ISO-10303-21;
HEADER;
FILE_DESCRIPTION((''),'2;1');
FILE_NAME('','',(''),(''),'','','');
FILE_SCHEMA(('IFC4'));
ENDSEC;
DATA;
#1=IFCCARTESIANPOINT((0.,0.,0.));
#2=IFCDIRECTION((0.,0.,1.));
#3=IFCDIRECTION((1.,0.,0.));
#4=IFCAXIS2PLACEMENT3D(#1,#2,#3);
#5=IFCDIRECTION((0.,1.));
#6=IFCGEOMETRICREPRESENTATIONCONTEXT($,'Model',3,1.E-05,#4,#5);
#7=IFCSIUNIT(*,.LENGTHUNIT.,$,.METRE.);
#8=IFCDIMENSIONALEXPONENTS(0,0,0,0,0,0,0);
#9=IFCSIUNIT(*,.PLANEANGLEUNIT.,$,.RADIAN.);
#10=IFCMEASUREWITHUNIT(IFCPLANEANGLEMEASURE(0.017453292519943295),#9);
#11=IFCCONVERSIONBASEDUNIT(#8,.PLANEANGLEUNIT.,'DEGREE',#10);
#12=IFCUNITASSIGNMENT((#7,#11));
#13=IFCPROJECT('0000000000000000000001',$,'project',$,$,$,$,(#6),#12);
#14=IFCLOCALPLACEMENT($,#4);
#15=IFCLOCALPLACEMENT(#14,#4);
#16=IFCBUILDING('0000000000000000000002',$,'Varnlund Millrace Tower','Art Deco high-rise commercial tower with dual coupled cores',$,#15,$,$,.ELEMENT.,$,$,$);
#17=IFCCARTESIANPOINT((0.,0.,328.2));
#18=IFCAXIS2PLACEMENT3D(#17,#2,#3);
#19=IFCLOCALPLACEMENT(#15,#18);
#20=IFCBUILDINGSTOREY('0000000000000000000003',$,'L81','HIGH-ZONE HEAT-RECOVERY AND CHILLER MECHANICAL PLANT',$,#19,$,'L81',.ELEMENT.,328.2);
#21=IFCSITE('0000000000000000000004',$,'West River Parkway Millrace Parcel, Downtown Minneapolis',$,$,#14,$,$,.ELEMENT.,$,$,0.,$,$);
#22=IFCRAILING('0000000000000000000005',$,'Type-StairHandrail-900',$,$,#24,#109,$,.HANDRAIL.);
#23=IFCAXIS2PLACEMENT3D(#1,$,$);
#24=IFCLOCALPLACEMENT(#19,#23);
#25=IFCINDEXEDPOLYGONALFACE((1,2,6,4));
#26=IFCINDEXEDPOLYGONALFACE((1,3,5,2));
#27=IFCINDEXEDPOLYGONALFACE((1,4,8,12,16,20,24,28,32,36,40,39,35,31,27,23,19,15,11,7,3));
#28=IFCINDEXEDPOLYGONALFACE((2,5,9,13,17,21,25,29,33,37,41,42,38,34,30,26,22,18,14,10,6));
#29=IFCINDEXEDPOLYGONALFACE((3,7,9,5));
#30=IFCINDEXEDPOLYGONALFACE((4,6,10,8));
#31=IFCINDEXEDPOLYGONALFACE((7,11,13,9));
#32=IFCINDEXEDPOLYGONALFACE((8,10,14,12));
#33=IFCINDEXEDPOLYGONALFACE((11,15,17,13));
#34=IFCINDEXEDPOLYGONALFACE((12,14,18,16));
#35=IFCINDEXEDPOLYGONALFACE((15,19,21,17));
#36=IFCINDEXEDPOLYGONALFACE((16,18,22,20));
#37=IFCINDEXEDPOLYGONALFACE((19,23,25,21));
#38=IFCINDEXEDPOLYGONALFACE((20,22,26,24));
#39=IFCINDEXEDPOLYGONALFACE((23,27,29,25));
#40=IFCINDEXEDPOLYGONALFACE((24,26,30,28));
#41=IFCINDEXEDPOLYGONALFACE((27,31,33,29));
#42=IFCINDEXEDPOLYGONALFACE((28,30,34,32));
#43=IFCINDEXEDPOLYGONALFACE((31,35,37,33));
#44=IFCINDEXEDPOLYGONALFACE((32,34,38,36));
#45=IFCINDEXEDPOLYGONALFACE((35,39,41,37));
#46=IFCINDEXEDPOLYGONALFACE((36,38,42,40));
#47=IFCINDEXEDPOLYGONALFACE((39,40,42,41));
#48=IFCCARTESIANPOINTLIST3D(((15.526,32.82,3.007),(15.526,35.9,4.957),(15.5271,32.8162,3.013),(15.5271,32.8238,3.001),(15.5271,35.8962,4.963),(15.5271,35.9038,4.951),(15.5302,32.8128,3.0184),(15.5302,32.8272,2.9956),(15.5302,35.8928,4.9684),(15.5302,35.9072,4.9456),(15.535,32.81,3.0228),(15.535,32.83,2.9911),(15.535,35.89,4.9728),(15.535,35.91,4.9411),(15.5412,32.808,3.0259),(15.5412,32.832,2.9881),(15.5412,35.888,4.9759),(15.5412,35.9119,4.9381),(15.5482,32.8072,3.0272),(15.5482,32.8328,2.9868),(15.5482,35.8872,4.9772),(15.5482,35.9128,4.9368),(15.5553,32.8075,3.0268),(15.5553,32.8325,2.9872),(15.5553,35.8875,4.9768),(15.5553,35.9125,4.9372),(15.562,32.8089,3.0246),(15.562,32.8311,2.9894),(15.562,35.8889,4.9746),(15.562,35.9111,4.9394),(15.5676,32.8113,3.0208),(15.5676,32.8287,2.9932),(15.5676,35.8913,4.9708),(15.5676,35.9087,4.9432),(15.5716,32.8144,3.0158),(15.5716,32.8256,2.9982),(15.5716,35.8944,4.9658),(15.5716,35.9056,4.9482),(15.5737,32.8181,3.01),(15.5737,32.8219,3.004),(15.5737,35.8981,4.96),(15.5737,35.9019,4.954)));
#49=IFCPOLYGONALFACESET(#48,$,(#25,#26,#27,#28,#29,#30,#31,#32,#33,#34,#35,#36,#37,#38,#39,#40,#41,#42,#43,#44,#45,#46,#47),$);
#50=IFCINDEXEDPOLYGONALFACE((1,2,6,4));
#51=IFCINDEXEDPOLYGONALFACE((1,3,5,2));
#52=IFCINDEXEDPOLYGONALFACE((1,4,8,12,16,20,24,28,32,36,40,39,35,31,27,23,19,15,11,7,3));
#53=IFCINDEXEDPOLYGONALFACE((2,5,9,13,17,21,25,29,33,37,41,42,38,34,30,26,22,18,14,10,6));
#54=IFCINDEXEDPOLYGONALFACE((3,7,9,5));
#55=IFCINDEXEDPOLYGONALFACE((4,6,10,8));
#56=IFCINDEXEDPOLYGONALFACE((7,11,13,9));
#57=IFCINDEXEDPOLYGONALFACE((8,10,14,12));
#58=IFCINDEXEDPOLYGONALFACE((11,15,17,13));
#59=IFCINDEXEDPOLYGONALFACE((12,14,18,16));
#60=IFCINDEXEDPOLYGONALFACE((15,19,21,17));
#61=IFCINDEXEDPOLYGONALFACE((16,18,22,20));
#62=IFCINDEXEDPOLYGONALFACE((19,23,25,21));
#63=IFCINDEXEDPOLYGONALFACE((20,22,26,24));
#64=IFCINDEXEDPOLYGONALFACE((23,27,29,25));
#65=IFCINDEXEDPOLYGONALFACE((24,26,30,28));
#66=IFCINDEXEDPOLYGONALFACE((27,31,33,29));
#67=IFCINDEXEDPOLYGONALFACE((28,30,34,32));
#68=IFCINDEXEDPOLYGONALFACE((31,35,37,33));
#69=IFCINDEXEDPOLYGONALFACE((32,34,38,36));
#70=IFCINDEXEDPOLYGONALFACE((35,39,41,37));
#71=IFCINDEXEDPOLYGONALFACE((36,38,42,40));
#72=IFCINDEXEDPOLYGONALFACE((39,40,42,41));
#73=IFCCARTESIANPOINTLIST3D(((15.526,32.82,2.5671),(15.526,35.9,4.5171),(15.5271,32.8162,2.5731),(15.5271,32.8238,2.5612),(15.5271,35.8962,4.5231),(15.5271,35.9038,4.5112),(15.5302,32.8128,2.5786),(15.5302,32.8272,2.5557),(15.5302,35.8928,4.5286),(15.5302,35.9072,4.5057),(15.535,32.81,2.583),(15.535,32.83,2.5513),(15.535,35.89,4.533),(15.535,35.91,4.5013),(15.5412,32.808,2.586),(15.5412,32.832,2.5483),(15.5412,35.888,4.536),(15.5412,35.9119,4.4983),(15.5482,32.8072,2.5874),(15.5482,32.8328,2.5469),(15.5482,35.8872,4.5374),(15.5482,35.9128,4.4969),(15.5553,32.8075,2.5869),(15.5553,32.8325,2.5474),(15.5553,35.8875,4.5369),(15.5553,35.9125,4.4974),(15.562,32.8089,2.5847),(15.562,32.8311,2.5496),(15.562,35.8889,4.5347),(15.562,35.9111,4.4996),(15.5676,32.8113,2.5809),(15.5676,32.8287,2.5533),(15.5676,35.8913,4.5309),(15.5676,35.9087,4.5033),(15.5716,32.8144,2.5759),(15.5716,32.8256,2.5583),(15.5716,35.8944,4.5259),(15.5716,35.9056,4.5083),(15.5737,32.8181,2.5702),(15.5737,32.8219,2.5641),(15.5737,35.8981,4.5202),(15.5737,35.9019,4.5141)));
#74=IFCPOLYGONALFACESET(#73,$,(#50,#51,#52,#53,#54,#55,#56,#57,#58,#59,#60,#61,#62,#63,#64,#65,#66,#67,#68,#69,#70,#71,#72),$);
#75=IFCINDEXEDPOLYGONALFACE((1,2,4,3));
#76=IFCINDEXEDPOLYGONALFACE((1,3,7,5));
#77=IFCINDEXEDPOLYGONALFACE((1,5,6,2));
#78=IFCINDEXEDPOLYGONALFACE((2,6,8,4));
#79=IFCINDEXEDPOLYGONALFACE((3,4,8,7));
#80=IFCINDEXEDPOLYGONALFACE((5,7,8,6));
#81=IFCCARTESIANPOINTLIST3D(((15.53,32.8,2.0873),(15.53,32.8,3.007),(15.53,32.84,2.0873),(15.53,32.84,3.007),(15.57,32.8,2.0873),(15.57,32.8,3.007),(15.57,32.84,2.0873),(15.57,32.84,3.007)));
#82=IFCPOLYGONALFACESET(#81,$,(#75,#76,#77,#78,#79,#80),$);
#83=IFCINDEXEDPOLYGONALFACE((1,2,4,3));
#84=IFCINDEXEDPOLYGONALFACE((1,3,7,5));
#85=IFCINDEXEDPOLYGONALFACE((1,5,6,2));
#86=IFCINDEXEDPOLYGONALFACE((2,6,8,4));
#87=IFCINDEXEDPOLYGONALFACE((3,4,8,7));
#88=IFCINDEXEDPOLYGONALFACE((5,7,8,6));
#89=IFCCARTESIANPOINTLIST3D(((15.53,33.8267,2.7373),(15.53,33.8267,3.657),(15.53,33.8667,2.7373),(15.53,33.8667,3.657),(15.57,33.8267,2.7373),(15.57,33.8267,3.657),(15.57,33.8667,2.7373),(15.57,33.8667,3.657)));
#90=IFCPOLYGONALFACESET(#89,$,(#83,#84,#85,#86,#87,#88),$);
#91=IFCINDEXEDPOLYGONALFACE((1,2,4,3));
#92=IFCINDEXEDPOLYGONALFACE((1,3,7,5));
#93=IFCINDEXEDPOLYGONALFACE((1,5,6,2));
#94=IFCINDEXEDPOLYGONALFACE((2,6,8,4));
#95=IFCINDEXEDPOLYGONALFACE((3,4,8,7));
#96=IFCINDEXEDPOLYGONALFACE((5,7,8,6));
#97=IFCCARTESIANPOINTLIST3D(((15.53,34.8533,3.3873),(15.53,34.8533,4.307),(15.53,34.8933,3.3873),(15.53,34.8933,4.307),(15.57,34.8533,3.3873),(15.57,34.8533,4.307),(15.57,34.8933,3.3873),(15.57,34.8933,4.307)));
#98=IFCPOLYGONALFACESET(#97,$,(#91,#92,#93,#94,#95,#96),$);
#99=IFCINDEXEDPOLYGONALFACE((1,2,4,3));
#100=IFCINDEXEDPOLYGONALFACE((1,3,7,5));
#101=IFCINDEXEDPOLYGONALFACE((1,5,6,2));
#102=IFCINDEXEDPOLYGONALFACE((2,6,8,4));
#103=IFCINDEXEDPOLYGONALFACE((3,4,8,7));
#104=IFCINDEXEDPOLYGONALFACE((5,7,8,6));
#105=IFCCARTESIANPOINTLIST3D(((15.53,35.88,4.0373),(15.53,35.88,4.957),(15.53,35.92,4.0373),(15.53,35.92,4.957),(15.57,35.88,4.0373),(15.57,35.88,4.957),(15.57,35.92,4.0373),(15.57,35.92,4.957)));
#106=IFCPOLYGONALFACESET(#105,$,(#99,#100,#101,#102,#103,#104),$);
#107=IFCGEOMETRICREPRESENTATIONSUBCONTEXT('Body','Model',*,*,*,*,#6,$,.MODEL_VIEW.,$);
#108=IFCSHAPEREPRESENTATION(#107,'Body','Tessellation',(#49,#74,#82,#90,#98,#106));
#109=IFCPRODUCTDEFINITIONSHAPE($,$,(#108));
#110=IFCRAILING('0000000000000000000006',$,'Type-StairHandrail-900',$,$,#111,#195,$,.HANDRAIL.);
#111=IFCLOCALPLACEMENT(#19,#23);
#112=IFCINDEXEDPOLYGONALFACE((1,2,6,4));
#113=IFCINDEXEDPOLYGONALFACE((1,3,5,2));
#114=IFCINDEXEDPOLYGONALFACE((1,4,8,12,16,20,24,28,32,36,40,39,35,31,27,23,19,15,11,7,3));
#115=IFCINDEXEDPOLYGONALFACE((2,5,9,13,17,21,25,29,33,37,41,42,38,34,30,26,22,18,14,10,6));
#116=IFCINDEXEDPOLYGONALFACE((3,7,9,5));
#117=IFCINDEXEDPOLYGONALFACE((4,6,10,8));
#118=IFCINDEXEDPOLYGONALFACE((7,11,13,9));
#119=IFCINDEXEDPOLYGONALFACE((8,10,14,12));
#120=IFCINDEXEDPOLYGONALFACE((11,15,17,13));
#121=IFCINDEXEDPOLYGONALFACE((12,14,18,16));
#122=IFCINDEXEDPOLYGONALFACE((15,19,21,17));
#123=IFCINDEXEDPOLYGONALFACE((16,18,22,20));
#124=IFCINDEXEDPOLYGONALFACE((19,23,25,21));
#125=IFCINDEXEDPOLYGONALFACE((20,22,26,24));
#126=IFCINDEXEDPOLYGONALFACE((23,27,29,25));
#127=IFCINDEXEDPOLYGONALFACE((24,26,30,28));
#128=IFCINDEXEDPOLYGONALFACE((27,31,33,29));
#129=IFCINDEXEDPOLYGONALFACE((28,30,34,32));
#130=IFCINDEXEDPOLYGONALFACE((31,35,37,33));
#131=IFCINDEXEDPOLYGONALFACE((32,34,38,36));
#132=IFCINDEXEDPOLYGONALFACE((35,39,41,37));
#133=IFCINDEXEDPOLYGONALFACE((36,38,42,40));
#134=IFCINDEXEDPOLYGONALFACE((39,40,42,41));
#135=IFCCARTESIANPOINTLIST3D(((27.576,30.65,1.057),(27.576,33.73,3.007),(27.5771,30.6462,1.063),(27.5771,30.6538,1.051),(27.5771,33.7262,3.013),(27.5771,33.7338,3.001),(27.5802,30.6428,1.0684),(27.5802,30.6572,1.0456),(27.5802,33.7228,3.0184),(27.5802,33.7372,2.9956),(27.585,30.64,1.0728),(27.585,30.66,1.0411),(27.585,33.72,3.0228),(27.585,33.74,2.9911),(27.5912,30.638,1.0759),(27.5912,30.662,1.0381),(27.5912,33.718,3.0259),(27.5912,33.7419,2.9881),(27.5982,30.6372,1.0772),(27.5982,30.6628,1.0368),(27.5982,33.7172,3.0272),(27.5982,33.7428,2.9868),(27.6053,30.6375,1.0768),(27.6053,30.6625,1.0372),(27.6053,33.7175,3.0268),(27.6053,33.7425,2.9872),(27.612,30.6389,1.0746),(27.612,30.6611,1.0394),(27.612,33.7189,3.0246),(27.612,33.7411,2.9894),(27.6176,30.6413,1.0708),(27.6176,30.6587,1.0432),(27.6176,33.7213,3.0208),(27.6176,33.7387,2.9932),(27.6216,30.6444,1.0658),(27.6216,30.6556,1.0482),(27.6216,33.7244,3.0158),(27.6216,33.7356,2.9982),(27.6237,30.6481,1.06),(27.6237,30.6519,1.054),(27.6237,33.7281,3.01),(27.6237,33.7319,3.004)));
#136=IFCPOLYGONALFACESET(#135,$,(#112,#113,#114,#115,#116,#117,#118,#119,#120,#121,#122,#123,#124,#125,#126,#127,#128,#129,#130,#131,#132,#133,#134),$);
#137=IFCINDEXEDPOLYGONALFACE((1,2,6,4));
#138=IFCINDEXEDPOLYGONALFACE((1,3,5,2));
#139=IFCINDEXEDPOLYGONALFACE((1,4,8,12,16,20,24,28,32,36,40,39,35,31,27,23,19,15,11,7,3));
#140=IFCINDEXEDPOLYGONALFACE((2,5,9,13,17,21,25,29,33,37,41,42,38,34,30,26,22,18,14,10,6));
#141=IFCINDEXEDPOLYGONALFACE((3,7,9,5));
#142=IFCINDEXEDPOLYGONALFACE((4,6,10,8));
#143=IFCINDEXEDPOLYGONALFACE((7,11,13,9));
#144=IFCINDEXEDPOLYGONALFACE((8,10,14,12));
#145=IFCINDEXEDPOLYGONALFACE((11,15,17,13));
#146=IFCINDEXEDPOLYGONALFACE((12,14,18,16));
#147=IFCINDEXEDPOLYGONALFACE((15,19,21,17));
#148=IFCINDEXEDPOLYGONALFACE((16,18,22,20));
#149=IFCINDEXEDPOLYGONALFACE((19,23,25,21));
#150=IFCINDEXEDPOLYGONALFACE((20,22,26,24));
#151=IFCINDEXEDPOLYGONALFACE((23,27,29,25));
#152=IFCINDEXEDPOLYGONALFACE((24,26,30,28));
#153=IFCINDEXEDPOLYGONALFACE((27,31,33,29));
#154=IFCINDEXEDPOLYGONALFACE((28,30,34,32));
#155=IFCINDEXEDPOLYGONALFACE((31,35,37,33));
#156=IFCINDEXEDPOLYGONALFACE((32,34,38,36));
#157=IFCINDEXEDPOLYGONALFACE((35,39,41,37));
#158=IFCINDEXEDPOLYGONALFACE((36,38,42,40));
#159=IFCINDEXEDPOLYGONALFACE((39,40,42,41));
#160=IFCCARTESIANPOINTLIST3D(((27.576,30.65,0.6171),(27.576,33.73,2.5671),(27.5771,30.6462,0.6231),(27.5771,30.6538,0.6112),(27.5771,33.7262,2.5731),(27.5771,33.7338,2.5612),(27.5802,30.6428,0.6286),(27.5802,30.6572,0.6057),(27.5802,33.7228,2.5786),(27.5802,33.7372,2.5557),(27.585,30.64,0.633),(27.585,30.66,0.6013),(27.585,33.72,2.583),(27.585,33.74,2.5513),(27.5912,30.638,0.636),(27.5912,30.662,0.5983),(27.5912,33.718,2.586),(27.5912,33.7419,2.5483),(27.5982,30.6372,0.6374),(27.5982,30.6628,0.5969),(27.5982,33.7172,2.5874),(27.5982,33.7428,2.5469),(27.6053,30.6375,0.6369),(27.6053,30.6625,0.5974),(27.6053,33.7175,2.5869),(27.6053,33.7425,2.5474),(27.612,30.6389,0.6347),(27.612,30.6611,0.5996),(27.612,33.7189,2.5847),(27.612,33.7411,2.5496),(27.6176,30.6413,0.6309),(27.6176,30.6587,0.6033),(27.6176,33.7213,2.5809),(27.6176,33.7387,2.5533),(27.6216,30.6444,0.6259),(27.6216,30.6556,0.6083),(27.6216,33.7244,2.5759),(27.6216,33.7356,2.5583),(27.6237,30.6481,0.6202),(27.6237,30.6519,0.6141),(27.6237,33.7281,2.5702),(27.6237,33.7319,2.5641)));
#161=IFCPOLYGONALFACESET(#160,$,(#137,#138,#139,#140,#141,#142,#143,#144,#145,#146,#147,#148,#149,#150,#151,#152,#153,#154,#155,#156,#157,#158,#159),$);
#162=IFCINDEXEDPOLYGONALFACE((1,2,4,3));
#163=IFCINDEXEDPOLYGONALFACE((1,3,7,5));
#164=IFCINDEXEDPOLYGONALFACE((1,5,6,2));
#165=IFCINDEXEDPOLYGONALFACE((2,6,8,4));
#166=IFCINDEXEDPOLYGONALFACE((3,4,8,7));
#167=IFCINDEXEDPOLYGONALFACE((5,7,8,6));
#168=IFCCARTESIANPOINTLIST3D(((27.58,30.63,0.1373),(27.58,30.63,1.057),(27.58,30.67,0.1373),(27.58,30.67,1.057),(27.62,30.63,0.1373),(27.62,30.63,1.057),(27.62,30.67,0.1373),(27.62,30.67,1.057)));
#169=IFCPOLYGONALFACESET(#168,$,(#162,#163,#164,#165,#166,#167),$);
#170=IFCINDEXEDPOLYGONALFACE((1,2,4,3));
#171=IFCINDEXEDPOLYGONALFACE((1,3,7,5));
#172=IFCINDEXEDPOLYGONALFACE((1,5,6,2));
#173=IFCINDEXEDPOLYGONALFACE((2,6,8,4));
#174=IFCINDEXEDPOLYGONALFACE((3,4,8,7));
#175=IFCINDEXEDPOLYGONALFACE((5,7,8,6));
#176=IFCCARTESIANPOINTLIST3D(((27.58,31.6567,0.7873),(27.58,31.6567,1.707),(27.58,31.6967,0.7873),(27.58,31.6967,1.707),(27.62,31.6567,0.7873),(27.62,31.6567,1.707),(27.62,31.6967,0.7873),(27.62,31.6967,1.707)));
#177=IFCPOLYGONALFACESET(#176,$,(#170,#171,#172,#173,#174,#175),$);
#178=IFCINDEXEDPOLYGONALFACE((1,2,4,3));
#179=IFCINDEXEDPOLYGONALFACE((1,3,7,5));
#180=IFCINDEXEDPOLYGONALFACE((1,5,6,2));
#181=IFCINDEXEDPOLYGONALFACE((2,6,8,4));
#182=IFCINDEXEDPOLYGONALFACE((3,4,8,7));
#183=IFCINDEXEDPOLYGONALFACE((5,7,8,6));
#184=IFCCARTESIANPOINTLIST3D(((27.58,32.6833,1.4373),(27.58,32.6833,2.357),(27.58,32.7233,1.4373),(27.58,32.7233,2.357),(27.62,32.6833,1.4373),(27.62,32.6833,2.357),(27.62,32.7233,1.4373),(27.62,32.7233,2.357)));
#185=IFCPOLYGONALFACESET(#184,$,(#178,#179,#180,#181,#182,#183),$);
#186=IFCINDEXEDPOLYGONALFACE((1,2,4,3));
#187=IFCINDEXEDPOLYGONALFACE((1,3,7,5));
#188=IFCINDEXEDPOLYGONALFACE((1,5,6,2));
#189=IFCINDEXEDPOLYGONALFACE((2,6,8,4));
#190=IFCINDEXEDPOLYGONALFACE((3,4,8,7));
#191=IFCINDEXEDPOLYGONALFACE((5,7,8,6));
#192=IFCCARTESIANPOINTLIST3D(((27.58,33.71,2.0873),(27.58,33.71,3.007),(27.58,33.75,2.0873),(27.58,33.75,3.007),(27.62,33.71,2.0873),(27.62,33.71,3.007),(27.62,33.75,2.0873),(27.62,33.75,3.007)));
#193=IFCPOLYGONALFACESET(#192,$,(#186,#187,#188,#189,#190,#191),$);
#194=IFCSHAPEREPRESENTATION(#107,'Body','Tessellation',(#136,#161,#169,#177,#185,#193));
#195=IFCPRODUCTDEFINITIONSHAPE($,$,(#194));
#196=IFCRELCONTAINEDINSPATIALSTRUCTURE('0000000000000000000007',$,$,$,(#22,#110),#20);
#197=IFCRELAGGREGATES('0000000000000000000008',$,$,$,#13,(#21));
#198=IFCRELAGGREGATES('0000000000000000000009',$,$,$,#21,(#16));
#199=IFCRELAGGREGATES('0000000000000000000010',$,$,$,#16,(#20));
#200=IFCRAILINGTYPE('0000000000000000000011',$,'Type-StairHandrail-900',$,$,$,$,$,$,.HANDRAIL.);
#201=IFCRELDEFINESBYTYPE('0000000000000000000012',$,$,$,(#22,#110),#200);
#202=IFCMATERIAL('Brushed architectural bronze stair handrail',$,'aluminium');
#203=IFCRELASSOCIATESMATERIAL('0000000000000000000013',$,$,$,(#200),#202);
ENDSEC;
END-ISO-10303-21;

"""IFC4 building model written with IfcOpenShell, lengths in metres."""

from ifc_helpers import new_model, entity, si_unit, converted_unit, direction, frame, origin_with_axes, origin_2d_with_axis, place, context, subcontext, project, spatial, rectangle, circle, extrude, material, type_object, element, save


model = new_model("IFC4")

# Units and contexts
model_context = context("Model", 3, precision=1e-05, world=origin_with_axes(), true_north=direction((0.0, 1.0)))
body_context = subcontext(model_context, "Body", "Model", "MODEL_VIEW")
ifc_project = project(units=[si_unit("LENGTHUNIT", "METRE"), converted_unit("PLANEANGLEUNIT", "DEGREE", entity("IfcPlaneAngleMeasure", 0.017453292519943295), si_unit("PLANEANGLEUNIT", "RADIAN"), dimensions=[0, 0, 0, 0, 0, 0, 0])], contexts=[model_context])

# Site, building, storey
site_placement = place(None, origin_with_axes())
site = spatial("IfcSite", under=ifc_project, at=site_placement, Name="West River Parkway Millrace Parcel, Downtown Minneapolis", CompositionType="ELEMENT", RefElevation=0.0)
building_placement = place(site_placement, origin_with_axes())
building = spatial("IfcBuilding", under=site, at=building_placement, Name="Varnlund Millrace Tower", Description="Art Deco high-rise commercial tower with dual coupled cores", CompositionType="ELEMENT")
storey_placement = place(building_placement, frame((0.0, 0.0, 328.2), z_axis=(0.0, 0.0, 1.0), x_axis=(1.0, 0.0, 0.0)))
storey = spatial("IfcBuildingStorey", under=building, at=storey_placement, Name="L81", Description="HIGH-ZONE HEAT-RECOVERY AND CHILLER MECHANICAL PLANT", LongName="L81", CompositionType="ELEMENT", Elevation=328.2)

# Railings
ifc_material_1 = material(Name="Brushed architectural bronze stair handrail", Category="aluminium")
railing_type_1 = type_object("IfcRailingType", Name="Type-StairHandrail-900", PredefinedType="HANDRAIL", material=ifc_material_1)
railing_1_placement = place(storey_placement, frame((0.0, 0.0, -328.2), z_axis=(0.0, 0.0, 1.0), x_axis=(1.0, 0.0, 0.0)))
element("IfcRailing", 1, at=railing_1_placement, inside=storey, type_object=railing_type_1, Name="Type-StairHandrail-900", PredefinedType="HANDRAIL", context=body_context, shape_type="SweptSolid", body=[
    extrude(circle(Radius=0.024, at=origin_2d_with_axis()), frame((15.55, 32.82, 331.207), z_axis=(0.0, 0.844902, 0.534922), x_axis=(-1.0, 0.0, 0.0)), (0.0, 0.0, 1.0), 3.6454),
    extrude(circle(Radius=0.024, at=origin_2d_with_axis()), frame((15.55, 32.82, 330.7671), z_axis=(0.0, 0.844902, 0.534922), x_axis=(-1.0, 0.0, 0.0)), (0.0, 0.0, 1.0), 3.6454),
    extrude(rectangle(XDim=0.04, YDim=0.04, at=origin_2d_with_axis()), frame((15.55, 32.82, 330.2873), z_axis=(0.0, 0.0, 1.0), x_axis=(1.0, 0.0, 0.0)), (0.0, 0.0, 1.0), 0.9197),
    extrude(rectangle(XDim=0.04, YDim=0.04, at=origin_2d_with_axis()), frame((15.55, 33.8467, 330.9373), z_axis=(0.0, 0.0, 1.0), x_axis=(1.0, 0.0, 0.0)), (0.0, 0.0, 1.0), 0.9197),
    extrude(rectangle(XDim=0.04, YDim=0.04, at=origin_2d_with_axis()), frame((15.55, 34.8733, 331.5873), z_axis=(0.0, 0.0, 1.0), x_axis=(1.0, 0.0, 0.0)), (0.0, 0.0, 1.0), 0.9197),
    extrude(rectangle(XDim=0.04, YDim=0.04, at=origin_2d_with_axis()), frame((15.55, 35.9, 332.2373), z_axis=(0.0, 0.0, 1.0), x_axis=(1.0, 0.0, 0.0)), (0.0, 0.0, 1.0), 0.9197),
])
railing_2_placement = place(storey_placement, frame((0.0, 0.0, -328.2), z_axis=(0.0, 0.0, 1.0), x_axis=(1.0, 0.0, 0.0)))
element("IfcRailing", 2, at=railing_2_placement, inside=storey, type_object=railing_type_1, Name="Type-StairHandrail-900", PredefinedType="HANDRAIL", context=body_context, shape_type="SweptSolid", body=[
    extrude(circle(Radius=0.024, at=origin_2d_with_axis()), frame((27.6, 30.65, 329.257), z_axis=(0.0, 0.844902, 0.534922), x_axis=(-1.0, 0.0, 0.0)), (0.0, 0.0, 1.0), 3.6454),
    extrude(circle(Radius=0.024, at=origin_2d_with_axis()), frame((27.6, 30.65, 328.8171), z_axis=(0.0, 0.844902, 0.534922), x_axis=(-1.0, 0.0, 0.0)), (0.0, 0.0, 1.0), 3.6454),
    extrude(rectangle(XDim=0.04, YDim=0.04, at=origin_2d_with_axis()), frame((27.6, 30.65, 328.3373), z_axis=(0.0, 0.0, 1.0), x_axis=(1.0, 0.0, 0.0)), (0.0, 0.0, 1.0), 0.9197),
    extrude(rectangle(XDim=0.04, YDim=0.04, at=origin_2d_with_axis()), frame((27.6, 31.6767, 328.9873), z_axis=(0.0, 0.0, 1.0), x_axis=(1.0, 0.0, 0.0)), (0.0, 0.0, 1.0), 0.9197),
    extrude(rectangle(XDim=0.04, YDim=0.04, at=origin_2d_with_axis()), frame((27.6, 32.7033, 329.6373), z_axis=(0.0, 0.0, 1.0), x_axis=(1.0, 0.0, 0.0)), (0.0, 0.0, 1.0), 0.9197),
    extrude(rectangle(XDim=0.04, YDim=0.04, at=origin_2d_with_axis()), frame((27.6, 33.73, 330.2873), z_axis=(0.0, 0.0, 1.0), x_axis=(1.0, 0.0, 0.0)), (0.0, 0.0, 1.0), 0.9197),
])

save(model, "model.ifc")
